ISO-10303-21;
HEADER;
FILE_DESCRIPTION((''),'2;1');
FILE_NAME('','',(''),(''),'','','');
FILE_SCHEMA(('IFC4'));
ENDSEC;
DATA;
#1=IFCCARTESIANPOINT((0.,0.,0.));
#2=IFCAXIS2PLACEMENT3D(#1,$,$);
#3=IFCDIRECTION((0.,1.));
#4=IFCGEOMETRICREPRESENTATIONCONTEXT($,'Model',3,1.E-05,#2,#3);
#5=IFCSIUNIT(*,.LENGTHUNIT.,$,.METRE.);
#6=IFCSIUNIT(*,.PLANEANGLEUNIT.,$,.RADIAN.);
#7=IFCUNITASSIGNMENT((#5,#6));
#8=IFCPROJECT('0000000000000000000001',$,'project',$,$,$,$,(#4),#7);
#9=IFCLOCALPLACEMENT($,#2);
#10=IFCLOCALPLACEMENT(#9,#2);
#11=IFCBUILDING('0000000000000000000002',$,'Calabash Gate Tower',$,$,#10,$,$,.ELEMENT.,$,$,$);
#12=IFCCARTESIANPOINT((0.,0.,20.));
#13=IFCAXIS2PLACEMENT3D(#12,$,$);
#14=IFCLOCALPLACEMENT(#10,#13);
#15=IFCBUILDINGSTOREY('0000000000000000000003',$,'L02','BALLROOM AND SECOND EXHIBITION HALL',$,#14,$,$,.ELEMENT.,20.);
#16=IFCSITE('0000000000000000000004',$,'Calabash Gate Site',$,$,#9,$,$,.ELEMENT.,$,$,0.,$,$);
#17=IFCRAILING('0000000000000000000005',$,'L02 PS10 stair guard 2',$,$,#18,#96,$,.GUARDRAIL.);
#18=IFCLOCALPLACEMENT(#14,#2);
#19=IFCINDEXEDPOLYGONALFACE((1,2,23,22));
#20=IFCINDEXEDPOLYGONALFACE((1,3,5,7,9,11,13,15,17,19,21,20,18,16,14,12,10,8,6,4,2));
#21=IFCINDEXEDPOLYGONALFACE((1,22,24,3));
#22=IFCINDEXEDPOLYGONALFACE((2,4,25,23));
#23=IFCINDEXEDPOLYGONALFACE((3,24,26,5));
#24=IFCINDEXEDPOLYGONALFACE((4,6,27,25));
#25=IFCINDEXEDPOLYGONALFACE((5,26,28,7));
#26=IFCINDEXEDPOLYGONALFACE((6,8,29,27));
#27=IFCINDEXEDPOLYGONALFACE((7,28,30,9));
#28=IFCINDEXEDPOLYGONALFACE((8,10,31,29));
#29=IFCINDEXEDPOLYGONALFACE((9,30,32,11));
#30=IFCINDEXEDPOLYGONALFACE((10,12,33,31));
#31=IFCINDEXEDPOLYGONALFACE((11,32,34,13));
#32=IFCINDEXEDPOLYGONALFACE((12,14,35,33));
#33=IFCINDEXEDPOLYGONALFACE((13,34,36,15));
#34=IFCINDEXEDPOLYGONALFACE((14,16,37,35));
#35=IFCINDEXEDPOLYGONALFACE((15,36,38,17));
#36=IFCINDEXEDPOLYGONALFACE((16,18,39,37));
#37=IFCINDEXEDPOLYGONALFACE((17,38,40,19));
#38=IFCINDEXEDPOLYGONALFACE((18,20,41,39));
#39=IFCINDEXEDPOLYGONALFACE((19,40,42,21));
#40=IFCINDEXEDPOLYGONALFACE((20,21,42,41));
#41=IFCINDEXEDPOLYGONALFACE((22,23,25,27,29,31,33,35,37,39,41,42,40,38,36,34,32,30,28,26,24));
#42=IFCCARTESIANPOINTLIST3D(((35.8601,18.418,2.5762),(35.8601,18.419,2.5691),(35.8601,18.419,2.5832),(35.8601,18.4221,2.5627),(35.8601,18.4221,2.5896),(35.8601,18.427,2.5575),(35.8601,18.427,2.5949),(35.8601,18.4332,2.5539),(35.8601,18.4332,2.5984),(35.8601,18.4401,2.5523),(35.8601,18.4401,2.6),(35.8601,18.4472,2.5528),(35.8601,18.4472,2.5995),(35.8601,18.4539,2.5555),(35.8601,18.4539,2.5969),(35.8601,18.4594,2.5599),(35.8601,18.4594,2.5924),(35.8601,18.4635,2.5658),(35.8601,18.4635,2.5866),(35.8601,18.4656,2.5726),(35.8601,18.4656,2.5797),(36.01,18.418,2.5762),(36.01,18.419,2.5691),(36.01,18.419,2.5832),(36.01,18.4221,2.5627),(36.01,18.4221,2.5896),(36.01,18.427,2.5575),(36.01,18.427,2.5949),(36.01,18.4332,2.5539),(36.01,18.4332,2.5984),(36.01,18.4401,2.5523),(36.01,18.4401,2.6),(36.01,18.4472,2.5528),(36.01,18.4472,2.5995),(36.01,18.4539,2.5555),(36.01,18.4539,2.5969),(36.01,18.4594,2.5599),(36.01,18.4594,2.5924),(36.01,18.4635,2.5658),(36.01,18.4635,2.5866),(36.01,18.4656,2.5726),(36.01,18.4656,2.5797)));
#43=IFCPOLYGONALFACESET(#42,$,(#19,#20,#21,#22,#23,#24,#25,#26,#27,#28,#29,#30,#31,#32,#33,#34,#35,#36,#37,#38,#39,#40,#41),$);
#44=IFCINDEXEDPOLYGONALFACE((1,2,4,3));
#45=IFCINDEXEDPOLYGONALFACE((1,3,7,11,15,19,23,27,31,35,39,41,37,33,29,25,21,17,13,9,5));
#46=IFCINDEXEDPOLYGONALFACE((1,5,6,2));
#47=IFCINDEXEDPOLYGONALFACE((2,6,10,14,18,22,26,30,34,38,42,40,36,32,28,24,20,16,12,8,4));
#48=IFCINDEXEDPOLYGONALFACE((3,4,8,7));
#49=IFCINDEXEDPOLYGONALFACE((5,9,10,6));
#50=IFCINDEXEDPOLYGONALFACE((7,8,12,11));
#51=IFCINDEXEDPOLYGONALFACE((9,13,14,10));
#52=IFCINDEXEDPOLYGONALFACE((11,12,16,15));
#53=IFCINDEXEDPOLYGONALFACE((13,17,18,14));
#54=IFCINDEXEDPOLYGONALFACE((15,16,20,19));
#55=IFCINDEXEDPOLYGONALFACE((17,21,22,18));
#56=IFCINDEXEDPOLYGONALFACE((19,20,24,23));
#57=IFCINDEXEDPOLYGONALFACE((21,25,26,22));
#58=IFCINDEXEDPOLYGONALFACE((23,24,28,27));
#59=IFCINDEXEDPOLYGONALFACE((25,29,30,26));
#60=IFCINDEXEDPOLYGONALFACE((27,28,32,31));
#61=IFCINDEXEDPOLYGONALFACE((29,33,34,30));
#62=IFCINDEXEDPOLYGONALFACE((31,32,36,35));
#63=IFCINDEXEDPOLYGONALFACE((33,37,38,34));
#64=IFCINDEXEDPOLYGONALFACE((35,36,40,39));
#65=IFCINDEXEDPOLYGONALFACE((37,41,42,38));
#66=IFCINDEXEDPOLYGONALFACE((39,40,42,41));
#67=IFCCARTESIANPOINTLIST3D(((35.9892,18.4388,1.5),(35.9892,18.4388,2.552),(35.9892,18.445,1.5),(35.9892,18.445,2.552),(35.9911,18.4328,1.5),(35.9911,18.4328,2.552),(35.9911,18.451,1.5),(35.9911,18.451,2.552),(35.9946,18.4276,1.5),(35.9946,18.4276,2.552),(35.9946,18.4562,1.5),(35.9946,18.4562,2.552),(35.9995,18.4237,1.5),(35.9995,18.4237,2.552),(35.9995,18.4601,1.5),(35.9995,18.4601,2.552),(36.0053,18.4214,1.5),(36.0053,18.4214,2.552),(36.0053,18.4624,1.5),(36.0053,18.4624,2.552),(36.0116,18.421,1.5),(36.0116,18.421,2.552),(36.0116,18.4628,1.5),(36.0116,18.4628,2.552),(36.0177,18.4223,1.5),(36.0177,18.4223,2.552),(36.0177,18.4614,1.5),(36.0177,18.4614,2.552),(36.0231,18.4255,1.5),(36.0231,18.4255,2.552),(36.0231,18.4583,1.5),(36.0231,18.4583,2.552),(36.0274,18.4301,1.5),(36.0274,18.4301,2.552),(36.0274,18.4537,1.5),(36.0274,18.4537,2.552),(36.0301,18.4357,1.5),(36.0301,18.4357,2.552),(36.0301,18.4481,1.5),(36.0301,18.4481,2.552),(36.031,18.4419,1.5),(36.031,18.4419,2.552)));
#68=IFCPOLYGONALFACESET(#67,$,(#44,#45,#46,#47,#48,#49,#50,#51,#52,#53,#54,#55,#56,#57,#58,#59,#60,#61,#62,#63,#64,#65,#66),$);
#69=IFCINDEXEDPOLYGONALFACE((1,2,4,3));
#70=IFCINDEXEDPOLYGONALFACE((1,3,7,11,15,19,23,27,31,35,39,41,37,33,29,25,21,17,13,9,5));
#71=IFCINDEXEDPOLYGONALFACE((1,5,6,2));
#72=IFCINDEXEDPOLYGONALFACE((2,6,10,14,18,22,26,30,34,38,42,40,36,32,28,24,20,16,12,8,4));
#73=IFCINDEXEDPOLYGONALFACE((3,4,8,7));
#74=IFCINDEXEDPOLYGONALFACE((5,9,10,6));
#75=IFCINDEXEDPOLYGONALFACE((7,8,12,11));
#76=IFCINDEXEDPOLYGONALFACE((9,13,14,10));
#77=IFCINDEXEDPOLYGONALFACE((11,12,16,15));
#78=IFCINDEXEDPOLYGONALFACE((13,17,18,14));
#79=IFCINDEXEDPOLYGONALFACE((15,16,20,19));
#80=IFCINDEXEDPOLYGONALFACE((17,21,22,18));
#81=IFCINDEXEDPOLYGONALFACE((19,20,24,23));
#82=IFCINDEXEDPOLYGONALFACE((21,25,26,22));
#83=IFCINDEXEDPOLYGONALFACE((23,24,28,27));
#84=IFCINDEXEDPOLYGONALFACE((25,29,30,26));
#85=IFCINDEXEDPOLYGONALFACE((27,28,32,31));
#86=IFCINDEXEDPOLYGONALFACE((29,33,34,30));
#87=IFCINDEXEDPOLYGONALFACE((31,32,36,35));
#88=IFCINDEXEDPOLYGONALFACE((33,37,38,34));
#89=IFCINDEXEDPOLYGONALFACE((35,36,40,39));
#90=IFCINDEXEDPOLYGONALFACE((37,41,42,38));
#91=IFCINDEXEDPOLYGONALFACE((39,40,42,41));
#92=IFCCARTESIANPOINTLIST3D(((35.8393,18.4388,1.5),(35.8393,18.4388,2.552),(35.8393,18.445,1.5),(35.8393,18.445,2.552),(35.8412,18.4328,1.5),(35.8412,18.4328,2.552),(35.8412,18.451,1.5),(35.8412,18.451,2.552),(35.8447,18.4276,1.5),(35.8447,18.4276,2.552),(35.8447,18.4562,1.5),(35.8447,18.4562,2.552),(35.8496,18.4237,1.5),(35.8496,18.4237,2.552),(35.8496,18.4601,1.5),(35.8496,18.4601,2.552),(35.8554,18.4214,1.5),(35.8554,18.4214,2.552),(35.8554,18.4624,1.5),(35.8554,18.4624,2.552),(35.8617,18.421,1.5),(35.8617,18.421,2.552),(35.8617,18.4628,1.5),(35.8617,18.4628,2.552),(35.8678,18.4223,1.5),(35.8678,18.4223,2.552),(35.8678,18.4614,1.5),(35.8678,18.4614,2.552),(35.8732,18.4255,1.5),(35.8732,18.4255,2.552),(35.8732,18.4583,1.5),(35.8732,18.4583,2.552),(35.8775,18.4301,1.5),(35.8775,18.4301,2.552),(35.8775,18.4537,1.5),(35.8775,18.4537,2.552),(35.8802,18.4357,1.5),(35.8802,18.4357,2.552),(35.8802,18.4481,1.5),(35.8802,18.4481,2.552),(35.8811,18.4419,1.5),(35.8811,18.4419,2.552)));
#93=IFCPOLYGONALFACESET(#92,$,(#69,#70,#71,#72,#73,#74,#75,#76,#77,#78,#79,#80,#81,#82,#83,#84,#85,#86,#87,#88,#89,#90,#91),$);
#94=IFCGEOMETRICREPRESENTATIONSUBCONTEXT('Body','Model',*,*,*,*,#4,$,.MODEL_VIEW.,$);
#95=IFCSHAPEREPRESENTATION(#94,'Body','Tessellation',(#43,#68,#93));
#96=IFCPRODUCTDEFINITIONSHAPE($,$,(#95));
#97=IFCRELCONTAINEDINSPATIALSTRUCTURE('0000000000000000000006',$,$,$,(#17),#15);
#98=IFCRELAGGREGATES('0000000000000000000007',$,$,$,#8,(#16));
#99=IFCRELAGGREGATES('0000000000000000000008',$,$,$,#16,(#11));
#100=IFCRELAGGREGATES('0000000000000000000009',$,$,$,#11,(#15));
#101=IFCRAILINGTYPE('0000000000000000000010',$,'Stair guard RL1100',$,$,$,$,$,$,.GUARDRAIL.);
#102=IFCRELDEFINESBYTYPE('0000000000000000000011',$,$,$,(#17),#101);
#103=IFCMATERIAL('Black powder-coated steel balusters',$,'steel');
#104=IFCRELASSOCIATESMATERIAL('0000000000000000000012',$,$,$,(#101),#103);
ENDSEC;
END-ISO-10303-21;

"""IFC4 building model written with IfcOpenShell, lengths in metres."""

from ifc_helpers import new_model, si_unit, direction, frame, origin, origin_2d, place, context, subcontext, project, spatial, circle, extrude, material, type_object, element, save


model = new_model("IFC4")

# Units and contexts
model_context = context("Model", 3, precision=1e-05, world=origin(), true_north=direction((0.0, 1.0)))
body_context = subcontext(model_context, "Body", "Model", "MODEL_VIEW")
ifc_project = project(units=[si_unit("LENGTHUNIT", "METRE"), si_unit("PLANEANGLEUNIT", "RADIAN")], contexts=[model_context])

# Site, building, storey
site_placement = place(None, origin())
site = spatial("IfcSite", under=ifc_project, at=site_placement, Name="Calabash Gate Site", CompositionType="ELEMENT", RefElevation=0.0)
building_placement = place(site_placement, origin())
building = spatial("IfcBuilding", under=site, at=building_placement, Name="Calabash Gate Tower", CompositionType="ELEMENT")
storey_placement = place(building_placement, frame((0.0, 0.0, 20.0)))
storey = spatial("IfcBuildingStorey", under=building, at=storey_placement, Name="L02", Description="BALLROOM AND SECOND EXHIBITION HALL", CompositionType="ELEMENT", Elevation=20.0)

# Railing
ifc_material_1 = material(Name="Black powder-coated steel balusters", Category="steel")
railing_type_1 = type_object("IfcRailingType", Name="Stair guard RL1100", PredefinedType="GUARDRAIL", material=ifc_material_1)
railing_1_placement = place(storey_placement, frame((36.01, 18.4419, 1.5)))
element("IfcRailing", 1, at=railing_1_placement, inside=storey, type_object=railing_type_1, Name="L02 PS10 stair guard 2", PredefinedType="GUARDRAIL", context=body_context, shape_type="SweptSolid", body=[
    extrude(circle(Radius=0.0239, at=origin_2d()), frame((0.0, 0.0, 1.0762), z_axis=(-1.0, 0.0, 0.0), x_axis=(0.0, -1.0, 0.0)), (0.0, 0.0, 1.0), 0.1499),
    extrude(circle(Radius=0.021, at=origin_2d()), origin(), (0.0, 0.0, 1.0), 1.052),
    extrude(circle(Radius=0.021, at=origin_2d()), frame((-0.1499, 0.0, 0.0)), (0.0, 0.0, 1.0), 1.052),
])

save(model, "model.ifc")
